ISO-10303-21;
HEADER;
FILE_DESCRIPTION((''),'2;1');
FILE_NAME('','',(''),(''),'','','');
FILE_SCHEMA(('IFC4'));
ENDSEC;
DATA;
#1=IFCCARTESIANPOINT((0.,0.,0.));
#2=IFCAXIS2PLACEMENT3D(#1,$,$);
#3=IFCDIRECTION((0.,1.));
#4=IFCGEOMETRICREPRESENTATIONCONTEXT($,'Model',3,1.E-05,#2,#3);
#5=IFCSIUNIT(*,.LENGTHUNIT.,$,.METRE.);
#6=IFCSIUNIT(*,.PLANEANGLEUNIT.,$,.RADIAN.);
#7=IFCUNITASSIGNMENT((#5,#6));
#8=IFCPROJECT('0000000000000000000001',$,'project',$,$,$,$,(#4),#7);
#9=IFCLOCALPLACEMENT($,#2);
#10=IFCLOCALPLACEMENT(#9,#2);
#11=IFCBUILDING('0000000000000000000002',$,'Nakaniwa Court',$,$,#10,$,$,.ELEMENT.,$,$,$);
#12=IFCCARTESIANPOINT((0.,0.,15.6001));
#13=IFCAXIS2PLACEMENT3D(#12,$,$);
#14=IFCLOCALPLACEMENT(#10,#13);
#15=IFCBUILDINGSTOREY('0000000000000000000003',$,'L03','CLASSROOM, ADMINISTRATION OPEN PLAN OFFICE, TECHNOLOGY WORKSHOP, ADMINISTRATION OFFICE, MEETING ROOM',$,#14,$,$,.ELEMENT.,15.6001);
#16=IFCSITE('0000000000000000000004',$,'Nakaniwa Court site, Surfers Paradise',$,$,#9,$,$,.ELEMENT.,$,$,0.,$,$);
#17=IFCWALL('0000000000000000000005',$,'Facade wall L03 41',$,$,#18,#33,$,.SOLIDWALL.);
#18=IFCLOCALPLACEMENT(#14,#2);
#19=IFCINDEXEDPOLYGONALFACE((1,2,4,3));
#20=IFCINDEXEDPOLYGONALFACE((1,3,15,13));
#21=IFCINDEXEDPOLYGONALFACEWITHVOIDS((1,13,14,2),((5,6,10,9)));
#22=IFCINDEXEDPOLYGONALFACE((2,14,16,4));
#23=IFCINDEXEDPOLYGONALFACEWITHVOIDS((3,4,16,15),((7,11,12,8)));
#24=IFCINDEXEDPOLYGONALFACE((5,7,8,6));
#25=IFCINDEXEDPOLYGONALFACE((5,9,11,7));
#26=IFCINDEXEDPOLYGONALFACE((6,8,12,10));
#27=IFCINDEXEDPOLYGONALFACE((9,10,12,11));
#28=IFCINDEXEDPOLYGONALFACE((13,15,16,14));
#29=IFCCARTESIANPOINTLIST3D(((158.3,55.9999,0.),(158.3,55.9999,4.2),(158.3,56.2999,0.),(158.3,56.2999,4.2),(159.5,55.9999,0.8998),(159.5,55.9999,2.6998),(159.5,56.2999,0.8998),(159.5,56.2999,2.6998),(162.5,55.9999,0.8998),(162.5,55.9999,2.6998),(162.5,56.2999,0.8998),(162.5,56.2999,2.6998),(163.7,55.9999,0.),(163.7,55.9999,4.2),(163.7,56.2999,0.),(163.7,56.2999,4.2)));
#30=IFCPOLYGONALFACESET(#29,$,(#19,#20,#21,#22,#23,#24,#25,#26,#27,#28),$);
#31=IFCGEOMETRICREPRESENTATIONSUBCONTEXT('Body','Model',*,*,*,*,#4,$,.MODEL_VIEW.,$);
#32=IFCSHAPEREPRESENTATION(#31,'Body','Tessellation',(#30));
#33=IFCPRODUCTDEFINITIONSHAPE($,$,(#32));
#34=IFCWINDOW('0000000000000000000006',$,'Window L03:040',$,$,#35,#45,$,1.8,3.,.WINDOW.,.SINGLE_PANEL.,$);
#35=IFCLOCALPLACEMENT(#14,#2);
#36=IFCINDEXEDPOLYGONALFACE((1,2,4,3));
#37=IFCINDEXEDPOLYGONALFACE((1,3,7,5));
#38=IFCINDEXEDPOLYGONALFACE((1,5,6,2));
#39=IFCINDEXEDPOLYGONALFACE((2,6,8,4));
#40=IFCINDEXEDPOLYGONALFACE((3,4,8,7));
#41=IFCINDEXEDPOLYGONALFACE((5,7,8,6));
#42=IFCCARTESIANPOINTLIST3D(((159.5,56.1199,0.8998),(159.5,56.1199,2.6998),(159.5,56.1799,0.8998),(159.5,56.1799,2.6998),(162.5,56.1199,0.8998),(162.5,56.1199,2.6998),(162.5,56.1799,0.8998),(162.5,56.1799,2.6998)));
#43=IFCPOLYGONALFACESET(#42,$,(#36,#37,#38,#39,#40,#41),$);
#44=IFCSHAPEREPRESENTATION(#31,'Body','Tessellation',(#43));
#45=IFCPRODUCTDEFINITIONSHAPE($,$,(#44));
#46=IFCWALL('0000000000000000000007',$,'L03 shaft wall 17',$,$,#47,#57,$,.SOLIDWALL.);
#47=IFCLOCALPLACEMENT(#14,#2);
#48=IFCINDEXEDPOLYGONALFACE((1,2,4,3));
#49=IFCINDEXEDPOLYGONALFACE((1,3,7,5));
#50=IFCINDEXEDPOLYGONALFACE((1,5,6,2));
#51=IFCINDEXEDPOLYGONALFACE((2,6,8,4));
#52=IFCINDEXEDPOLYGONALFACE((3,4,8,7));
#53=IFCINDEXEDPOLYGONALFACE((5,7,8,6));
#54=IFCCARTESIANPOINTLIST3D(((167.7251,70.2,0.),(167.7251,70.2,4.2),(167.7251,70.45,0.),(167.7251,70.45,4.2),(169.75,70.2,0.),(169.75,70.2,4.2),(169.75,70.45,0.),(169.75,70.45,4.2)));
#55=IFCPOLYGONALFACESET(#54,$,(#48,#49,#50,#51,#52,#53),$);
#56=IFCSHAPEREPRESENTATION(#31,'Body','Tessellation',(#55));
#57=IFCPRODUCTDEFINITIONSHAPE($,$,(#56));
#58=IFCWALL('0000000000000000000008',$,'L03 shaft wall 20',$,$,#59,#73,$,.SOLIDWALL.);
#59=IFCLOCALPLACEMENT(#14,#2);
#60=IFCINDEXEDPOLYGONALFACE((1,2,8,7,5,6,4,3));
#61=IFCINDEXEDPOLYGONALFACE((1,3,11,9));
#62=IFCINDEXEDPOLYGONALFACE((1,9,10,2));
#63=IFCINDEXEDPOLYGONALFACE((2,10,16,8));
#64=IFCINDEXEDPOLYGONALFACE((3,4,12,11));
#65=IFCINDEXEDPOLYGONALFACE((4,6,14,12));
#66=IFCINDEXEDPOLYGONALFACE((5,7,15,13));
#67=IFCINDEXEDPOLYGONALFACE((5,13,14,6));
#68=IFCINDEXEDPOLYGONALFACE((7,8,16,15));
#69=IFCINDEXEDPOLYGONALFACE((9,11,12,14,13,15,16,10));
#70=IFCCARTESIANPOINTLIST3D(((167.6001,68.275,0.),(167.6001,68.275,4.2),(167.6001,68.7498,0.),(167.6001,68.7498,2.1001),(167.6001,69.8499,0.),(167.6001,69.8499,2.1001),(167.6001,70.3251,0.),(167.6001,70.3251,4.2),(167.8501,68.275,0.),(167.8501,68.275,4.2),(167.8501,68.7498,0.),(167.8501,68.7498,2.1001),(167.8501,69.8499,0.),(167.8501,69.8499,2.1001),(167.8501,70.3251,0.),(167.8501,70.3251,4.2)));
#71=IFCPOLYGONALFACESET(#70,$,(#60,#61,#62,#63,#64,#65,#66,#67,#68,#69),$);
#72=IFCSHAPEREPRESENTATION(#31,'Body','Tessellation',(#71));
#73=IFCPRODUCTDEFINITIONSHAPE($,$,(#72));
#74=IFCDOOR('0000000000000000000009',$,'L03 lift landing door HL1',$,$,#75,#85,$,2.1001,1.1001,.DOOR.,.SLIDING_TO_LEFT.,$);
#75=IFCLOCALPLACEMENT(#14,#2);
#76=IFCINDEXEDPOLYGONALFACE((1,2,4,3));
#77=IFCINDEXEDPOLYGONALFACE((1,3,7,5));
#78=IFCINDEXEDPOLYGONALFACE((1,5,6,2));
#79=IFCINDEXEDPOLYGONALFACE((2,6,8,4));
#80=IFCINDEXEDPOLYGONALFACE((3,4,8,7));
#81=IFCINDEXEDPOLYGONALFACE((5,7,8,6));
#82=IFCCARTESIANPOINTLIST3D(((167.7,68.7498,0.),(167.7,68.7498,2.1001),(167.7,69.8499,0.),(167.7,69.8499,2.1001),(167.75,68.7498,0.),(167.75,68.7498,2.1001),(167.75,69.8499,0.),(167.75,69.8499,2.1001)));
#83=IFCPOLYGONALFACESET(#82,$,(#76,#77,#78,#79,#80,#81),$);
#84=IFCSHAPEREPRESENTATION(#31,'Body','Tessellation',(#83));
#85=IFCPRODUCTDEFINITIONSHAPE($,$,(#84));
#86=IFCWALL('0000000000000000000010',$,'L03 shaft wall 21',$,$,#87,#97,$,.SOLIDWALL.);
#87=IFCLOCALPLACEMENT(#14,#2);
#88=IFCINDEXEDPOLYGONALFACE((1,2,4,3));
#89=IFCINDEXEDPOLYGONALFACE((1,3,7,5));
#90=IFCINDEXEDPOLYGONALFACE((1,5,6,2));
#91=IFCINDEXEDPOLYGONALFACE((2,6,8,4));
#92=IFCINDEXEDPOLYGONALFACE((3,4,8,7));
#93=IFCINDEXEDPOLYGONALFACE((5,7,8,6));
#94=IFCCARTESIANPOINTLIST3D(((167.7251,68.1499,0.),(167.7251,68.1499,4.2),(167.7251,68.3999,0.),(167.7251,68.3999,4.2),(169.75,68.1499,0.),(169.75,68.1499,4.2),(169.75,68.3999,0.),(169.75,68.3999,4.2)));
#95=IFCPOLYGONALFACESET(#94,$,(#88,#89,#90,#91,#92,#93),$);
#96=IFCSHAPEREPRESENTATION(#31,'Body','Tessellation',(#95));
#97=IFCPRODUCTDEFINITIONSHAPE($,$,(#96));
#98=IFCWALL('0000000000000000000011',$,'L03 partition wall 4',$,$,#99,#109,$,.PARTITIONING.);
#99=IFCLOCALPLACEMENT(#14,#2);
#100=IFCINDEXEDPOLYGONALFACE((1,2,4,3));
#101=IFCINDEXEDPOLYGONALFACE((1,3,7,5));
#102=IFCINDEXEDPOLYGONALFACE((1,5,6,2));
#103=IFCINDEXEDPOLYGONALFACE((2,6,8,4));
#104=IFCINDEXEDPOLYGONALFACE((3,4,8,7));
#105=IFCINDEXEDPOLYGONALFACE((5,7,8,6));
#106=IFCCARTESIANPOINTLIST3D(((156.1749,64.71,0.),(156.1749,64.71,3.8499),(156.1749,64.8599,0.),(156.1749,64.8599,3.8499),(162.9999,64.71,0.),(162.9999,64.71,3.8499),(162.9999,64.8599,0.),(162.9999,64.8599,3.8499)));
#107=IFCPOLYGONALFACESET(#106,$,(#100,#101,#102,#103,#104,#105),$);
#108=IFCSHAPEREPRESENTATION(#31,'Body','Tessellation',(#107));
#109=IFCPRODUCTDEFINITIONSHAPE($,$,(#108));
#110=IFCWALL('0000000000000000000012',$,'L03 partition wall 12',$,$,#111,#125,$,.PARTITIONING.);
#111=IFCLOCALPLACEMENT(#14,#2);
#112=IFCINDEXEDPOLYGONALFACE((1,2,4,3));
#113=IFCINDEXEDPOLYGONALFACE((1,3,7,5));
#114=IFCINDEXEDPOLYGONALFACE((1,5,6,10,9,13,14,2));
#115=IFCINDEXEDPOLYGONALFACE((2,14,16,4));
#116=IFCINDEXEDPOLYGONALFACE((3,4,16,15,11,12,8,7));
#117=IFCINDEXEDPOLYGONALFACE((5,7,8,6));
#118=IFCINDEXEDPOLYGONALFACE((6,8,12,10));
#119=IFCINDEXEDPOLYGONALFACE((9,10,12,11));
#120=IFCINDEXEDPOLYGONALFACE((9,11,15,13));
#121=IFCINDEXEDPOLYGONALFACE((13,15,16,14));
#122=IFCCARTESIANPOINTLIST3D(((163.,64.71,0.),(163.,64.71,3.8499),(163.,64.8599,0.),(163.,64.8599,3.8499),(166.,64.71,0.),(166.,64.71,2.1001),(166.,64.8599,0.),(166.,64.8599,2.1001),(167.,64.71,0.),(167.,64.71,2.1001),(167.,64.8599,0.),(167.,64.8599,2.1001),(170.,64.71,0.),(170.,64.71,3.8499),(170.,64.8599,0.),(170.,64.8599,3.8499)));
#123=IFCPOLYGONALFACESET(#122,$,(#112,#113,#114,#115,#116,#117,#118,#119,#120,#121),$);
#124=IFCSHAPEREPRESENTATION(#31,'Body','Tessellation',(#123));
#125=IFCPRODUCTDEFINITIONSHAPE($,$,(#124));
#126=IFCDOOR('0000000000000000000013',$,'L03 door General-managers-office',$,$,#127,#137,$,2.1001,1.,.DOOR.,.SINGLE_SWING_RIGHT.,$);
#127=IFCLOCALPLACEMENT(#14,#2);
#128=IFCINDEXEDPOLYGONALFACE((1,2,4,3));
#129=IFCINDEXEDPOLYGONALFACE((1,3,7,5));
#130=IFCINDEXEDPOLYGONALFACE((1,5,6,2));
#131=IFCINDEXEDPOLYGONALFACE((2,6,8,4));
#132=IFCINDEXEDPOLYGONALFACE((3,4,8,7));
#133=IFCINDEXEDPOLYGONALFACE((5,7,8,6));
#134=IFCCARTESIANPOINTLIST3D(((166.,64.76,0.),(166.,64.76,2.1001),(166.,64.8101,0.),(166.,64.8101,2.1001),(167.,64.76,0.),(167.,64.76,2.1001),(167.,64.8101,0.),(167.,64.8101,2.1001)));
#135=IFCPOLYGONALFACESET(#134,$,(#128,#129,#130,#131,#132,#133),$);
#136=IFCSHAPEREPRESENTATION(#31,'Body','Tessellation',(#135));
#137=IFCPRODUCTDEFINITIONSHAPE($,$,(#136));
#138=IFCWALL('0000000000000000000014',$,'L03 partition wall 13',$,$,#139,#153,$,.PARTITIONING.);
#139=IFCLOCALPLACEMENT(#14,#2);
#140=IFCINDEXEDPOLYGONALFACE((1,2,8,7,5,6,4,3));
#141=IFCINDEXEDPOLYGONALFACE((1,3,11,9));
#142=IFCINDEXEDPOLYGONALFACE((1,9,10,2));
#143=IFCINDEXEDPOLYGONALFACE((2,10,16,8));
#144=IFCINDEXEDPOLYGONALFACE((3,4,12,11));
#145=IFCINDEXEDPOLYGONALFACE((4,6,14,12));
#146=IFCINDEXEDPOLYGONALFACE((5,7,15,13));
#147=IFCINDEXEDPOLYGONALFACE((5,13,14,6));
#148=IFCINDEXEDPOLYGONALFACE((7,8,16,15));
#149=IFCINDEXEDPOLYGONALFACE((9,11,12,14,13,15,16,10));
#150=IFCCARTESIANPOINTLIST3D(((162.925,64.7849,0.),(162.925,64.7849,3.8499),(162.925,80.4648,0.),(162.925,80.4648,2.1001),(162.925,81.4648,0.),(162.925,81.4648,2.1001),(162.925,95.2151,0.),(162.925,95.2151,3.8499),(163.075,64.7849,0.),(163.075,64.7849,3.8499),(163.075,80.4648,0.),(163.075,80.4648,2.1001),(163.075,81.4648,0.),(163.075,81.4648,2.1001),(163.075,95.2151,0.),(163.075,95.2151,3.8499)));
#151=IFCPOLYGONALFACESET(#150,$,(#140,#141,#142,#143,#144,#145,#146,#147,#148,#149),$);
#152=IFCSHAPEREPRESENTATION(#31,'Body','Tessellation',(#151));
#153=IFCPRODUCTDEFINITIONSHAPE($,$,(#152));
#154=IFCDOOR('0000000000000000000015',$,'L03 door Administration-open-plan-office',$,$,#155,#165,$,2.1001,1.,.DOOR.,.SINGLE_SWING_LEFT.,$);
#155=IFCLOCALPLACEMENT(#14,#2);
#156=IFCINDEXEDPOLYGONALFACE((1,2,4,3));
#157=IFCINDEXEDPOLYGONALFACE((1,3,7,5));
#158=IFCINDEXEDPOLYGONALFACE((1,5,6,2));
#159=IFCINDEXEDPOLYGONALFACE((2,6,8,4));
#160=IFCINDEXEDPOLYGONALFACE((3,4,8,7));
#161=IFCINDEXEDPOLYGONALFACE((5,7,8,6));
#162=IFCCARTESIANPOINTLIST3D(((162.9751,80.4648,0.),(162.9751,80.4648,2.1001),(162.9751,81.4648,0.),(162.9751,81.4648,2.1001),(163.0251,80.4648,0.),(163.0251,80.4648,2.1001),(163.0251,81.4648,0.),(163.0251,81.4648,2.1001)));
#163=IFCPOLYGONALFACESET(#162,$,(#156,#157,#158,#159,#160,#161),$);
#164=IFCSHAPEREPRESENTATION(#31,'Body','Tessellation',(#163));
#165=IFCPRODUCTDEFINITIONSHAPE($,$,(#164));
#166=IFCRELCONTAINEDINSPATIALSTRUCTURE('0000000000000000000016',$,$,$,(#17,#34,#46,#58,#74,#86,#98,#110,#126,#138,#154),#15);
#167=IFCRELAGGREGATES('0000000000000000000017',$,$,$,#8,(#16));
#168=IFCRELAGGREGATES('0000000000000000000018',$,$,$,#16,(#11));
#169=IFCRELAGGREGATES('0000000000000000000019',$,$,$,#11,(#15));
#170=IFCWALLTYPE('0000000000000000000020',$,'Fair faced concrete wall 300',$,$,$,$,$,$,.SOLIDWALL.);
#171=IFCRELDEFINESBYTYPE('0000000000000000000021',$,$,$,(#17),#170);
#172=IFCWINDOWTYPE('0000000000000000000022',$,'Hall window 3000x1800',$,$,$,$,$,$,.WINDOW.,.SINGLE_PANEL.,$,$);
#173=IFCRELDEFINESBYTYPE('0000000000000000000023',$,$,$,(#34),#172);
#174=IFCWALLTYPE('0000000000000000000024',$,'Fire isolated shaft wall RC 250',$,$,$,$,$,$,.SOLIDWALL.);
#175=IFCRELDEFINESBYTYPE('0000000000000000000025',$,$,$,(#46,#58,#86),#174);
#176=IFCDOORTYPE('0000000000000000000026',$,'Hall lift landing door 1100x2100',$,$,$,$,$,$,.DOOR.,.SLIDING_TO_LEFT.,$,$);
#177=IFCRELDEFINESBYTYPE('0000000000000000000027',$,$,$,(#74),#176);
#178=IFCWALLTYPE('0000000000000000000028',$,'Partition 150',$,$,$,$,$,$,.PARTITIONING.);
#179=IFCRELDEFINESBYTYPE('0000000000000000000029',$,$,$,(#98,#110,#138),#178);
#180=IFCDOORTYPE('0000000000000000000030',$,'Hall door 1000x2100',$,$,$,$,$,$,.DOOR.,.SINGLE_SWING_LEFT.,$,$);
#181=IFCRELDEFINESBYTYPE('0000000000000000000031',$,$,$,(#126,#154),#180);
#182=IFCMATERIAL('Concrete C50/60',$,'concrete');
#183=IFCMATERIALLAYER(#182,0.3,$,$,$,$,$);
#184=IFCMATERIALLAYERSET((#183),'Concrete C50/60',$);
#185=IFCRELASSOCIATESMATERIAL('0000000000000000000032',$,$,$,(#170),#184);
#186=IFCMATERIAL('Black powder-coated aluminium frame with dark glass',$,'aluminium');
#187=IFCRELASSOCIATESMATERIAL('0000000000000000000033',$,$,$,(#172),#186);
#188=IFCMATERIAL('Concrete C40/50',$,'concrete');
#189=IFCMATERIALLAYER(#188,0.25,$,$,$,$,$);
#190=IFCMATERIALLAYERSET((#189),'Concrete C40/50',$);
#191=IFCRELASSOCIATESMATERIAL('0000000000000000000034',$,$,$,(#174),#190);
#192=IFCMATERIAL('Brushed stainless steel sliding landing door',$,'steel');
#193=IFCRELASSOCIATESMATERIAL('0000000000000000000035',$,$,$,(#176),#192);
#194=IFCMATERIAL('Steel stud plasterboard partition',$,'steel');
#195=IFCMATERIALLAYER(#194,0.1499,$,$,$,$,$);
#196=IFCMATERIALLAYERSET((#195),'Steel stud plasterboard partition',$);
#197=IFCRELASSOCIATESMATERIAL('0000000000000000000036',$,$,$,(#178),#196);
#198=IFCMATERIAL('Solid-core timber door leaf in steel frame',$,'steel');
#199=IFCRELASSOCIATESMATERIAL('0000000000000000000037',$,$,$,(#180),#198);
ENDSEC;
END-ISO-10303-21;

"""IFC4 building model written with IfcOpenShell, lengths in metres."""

from ifc_helpers import new_model, si_unit, direction, frame, frame_2d, origin, place, context, subcontext, project, spatial, rectangle, extrude, material, layer, layer_set, type_object, element, fill, save


model = new_model("IFC4")

# Units and contexts
model_context = context("Model", 3, precision=1e-05, world=origin(), true_north=direction((0.0, 1.0)))
body_context = subcontext(model_context, "Body", "Model", "MODEL_VIEW")
ifc_project = project(units=[si_unit("LENGTHUNIT", "METRE"), si_unit("PLANEANGLEUNIT", "RADIAN")], contexts=[model_context])

# Site, building, storey
site_placement = place(None, origin())
site = spatial("IfcSite", under=ifc_project, at=site_placement, Name="Nakaniwa Court site, Surfers Paradise", CompositionType="ELEMENT", RefElevation=0.0)
building_placement = place(site_placement, origin())
building = spatial("IfcBuilding", under=site, at=building_placement, Name="Nakaniwa Court", CompositionType="ELEMENT")
storey_placement = place(building_placement, frame((0.0, 0.0, 15.6001)))
storey = spatial("IfcBuildingStorey", under=building, at=storey_placement, Name="L03", Description="CLASSROOM, ADMINISTRATION OPEN PLAN OFFICE, TECHNOLOGY WORKSHOP, ADMINISTRATION OFFICE, MEETING ROOM", CompositionType="ELEMENT", Elevation=15.6001)

# Shared definitions
ifc_material_1 = material(Name="Concrete C50/60", Category="concrete")

# Wall, opening, window
ifc_layer_1 = layer(ifc_material_1, 0.3)
ifc_layer_set_1 = layer_set([ifc_layer_1], Name="Concrete C50/60")
wall_type_1 = type_object("IfcWallType", Name="Fair faced concrete wall 300", PredefinedType="SOLIDWALL", material=ifc_layer_set_1)
ifc_material_2 = material(Name="Black powder-coated aluminium frame with dark glass", Category="aluminium")
window_type = type_object("IfcWindowType", Name="Hall window 3000x1800", PartitioningType="SINGLE_PANEL", PredefinedType="WINDOW", material=ifc_material_2)
wall_1_placement = place(storey_placement, frame((163.7, 56.1499, 0.0), z_axis=(0.0, 0.0, 1.0), x_axis=(-1.0, 0.0, 0.0)))
wall_1 = element("IfcWall", 1, at=wall_1_placement, inside=storey, type_object=wall_type_1, Name="Facade wall L03 41", PredefinedType="SOLIDWALL", context=body_context, shape_type="SweptSolid", body=[
    extrude(rectangle(XDim=5.3999, YDim=0.3, at=frame_2d((2.7, 0.0))), origin(), (0.0, 0.0, 1.0), 4.2),
])
opening_1_placement = place(wall_1_placement, frame((1.2, 0.0, 0.8999)))
opening_1 = element("IfcOpeningElement", 2, at=opening_1_placement, cuts=wall_1, PredefinedType="OPENING", context=body_context, shape_type="SweptSolid", body=[
    extrude(rectangle(XDim=3.0, YDim=1.8, at=frame_2d((1.5, 0.8999))), frame((0.0, 0.1599, 0.0), z_axis=(0.0, -1.0, 0.0), x_axis=(1.0, 0.0, 0.0)), (0.0, 0.0, 1.0), 0.3201),
])
window_1_placement = place(opening_1_placement, origin())
window_1 = element("IfcWindow", 3, at=window_1_placement, inside=storey, type_object=window_type, Name="Window L03:040", OverallHeight=1.8, OverallWidth=3.0, PartitioningType="SINGLE_PANEL", PredefinedType="WINDOW", context=body_context, shape_type="SweptSolid", body=[
    extrude(rectangle(XDim=3.0, YDim=1.8, at=frame_2d((1.5, 0.8999))), frame((0.0, 0.03, 0.0), z_axis=(0.0, -1.0, 0.0), x_axis=(1.0, 0.0, 0.0)), (0.0, 0.0, 1.0), 0.0601),
])
fill(opening_1, window_1)

# Wall
ifc_material_3 = material(Name="Concrete C40/50", Category="concrete")
ifc_layer_2 = layer(ifc_material_3, 0.25)
ifc_layer_set_2 = layer_set([ifc_layer_2], Name="Concrete C40/50")
wall_type_2 = type_object("IfcWallType", Name="Fire isolated shaft wall RC 250", PredefinedType="SOLIDWALL", material=ifc_layer_set_2)
wall_2_placement = place(storey_placement, frame((167.7251, 70.325, 0.0), z_axis=(0.0, 0.0, 1.0), x_axis=(1.0, 0.0, 0.0)))
element("IfcWall", 4, at=wall_2_placement, inside=storey, type_object=wall_type_2, Name="L03 shaft wall 17", PredefinedType="SOLIDWALL", context=body_context, shape_type="SweptSolid", body=[
    extrude(rectangle(XDim=2.0249, YDim=0.25, at=frame_2d((1.0125, 0.0))), origin(), (0.0, 0.0, 1.0), 4.2),
])

# Wall, opening, door
wall_3_placement = place(storey_placement, frame((167.7251, 70.325, 0.0), z_axis=(0.0, 0.0, 1.0), x_axis=(0.0, -1.0, 0.0)))
wall_3 = element("IfcWall", 5, at=wall_3_placement, inside=storey, type_object=wall_type_2, Name="L03 shaft wall 20", PredefinedType="SOLIDWALL", context=body_context, shape_type="SweptSolid", body=[
    extrude(rectangle(XDim=2.05, YDim=0.25, at=frame_2d((1.0249, 0.0))), origin(), (0.0, 0.0, 1.0), 4.2),
])
opening_2_placement = place(wall_3_placement, frame((0.4751, 0.0, 0.0)))
opening_2 = element("IfcOpeningElement", 6, at=opening_2_placement, cuts=wall_3, PredefinedType="OPENING", context=body_context, shape_type="SweptSolid", body=[
    extrude(rectangle(XDim=1.1001, YDim=2.1001, at=frame_2d((0.55, 1.05))), frame((0.0, 0.135, 0.0), z_axis=(0.0, -1.0, 0.0), x_axis=(1.0, 0.0, 0.0)), (0.0, 0.0, 1.0), 0.27),
])
ifc_material_4 = material(Name="Brushed stainless steel sliding landing door", Category="steel")
door_type_1 = type_object("IfcDoorType", Name="Hall lift landing door 1100x2100", OperationType="SLIDING_TO_LEFT", PredefinedType="DOOR", material=ifc_material_4)
door_1_placement = place(opening_2_placement, origin())
door_1 = element("IfcDoor", 7, at=door_1_placement, inside=storey, type_object=door_type_1, Name="L03 lift landing door HL1", OperationType="SLIDING_TO_LEFT", OverallHeight=2.1001, OverallWidth=1.1001, PredefinedType="DOOR", context=body_context, shape_type="SweptSolid", body=[
    extrude(rectangle(XDim=1.1001, YDim=2.1001, at=frame_2d((0.55, 1.05))), frame((0.0, 0.0249, 0.0), z_axis=(0.0, -1.0, 0.0), x_axis=(1.0, 0.0, 0.0)), (0.0, 0.0, 1.0), 0.05),
])
fill(opening_2, door_1)

# Walls
wall_4_placement = place(storey_placement, frame((167.7251, 68.2749, 0.0), z_axis=(0.0, 0.0, 1.0), x_axis=(1.0, 0.0, 0.0)))
element("IfcWall", 8, at=wall_4_placement, inside=storey, type_object=wall_type_2, Name="L03 shaft wall 21", PredefinedType="SOLIDWALL", context=body_context, shape_type="SweptSolid", body=[
    extrude(rectangle(XDim=2.0249, YDim=0.25, at=frame_2d((1.0125, 0.0))), origin(), (0.0, 0.0, 1.0), 4.2),
])
ifc_material_5 = material(Name="Steel stud plasterboard partition", Category="steel")
ifc_layer_3 = layer(ifc_material_5, 0.1499)
ifc_layer_set_3 = layer_set([ifc_layer_3], Name="Steel stud plasterboard partition")
wall_type_3 = type_object("IfcWallType", Name="Partition 150", PredefinedType="PARTITIONING", material=ifc_layer_set_3)
wall_5_placement = place(storey_placement, frame((163.0, 64.7849, 0.0), z_axis=(0.0, 0.0, 1.0), x_axis=(-1.0, 0.0, 0.0)))
element("IfcWall", 9, at=wall_5_placement, inside=storey, type_object=wall_type_3, Name="L03 partition wall 4", PredefinedType="PARTITIONING", context=body_context, shape_type="SweptSolid", body=[
    extrude(rectangle(XDim=6.825, YDim=0.1499, at=frame_2d((3.4126, 0.0))), origin(), (0.0, 0.0, 1.0), 3.8499),
])

# Walls, openings, doors
wall_6_placement = place(storey_placement, frame((170.0, 64.7849, 0.0), z_axis=(0.0, 0.0, 1.0), x_axis=(-1.0, 0.0, 0.0)))
wall_6 = element("IfcWall", 10, at=wall_6_placement, inside=storey, type_object=wall_type_3, Name="L03 partition wall 12", PredefinedType="PARTITIONING", context=body_context, shape_type="SweptSolid", body=[
    extrude(rectangle(XDim=7.0, YDim=0.1499, at=frame_2d((3.5, 0.0))), origin(), (0.0, 0.0, 1.0), 3.8499),
])
opening_3_placement = place(wall_6_placement, frame((3.0, 0.0, 0.0)))
opening_3 = element("IfcOpeningElement", 11, at=opening_3_placement, cuts=wall_6, PredefinedType="OPENING", context=body_context, shape_type="SweptSolid", body=[
    extrude(rectangle(XDim=1.0, YDim=2.1001, at=frame_2d((0.5, 1.05))), frame((0.0, 0.085, 0.0), z_axis=(0.0, -1.0, 0.0), x_axis=(1.0, 0.0, 0.0)), (0.0, 0.0, 1.0), 0.1699),
])
ifc_material_6 = material(Name="Solid-core timber door leaf in steel frame", Category="steel")
door_type_2 = type_object("IfcDoorType", Name="Hall door 1000x2100", OperationType="SINGLE_SWING_LEFT", PredefinedType="DOOR", material=ifc_material_6)
door_2_placement = place(opening_3_placement, origin())
door_2 = element("IfcDoor", 12, at=door_2_placement, inside=storey, type_object=door_type_2, Name="L03 door General-managers-office", OperationType="SINGLE_SWING_RIGHT", OverallHeight=2.1001, OverallWidth=1.0, PredefinedType="DOOR", context=body_context, shape_type="SweptSolid", body=[
    extrude(rectangle(XDim=1.0, YDim=2.1001, at=frame_2d((0.5, 1.05))), frame((0.0, 0.0249, 0.0), z_axis=(0.0, -1.0, 0.0), x_axis=(1.0, 0.0, 0.0)), (0.0, 0.0, 1.0), 0.05),
])
fill(opening_3, door_2)
wall_7_placement = place(storey_placement, frame((163.0, 64.7849, 0.0), z_axis=(0.0, 0.0, 1.0), x_axis=(0.0, 1.0, 0.0)))
wall_7 = element("IfcWall", 13, at=wall_7_placement, inside=storey, type_object=wall_type_3, Name="L03 partition wall 13", PredefinedType="PARTITIONING", context=body_context, shape_type="SweptSolid", body=[
    extrude(rectangle(XDim=30.4302, YDim=0.1499, at=frame_2d((15.2151, 0.0))), origin(), (0.0, 0.0, 1.0), 3.8499),
])
opening_4_placement = place(wall_7_placement, frame((15.6799, 0.0, 0.0)))
opening_4 = element("IfcOpeningElement", 14, at=opening_4_placement, cuts=wall_7, PredefinedType="OPENING", context=body_context, shape_type="SweptSolid", body=[
    extrude(rectangle(XDim=1.0, YDim=2.1001, at=frame_2d((0.5, 1.05))), frame((0.0, 0.085, 0.0), z_axis=(0.0, -1.0, 0.0), x_axis=(1.0, 0.0, 0.0)), (0.0, 0.0, 1.0), 0.1699),
])
door_3_placement = place(opening_4_placement, origin())
door_3 = element("IfcDoor", 15, at=door_3_placement, inside=storey, type_object=door_type_2, Name="L03 door Administration-open-plan-office", OperationType="SINGLE_SWING_LEFT", OverallHeight=2.1001, OverallWidth=1.0, PredefinedType="DOOR", context=body_context, shape_type="SweptSolid", body=[
    extrude(rectangle(XDim=1.0, YDim=2.1001, at=frame_2d((0.5, 1.05))), frame((0.0, 0.0249, 0.0), z_axis=(0.0, -1.0, 0.0), x_axis=(1.0, 0.0, 0.0)), (0.0, 0.0, 1.0), 0.05),
])
fill(opening_4, door_3)

save(model, "model.ifc")
